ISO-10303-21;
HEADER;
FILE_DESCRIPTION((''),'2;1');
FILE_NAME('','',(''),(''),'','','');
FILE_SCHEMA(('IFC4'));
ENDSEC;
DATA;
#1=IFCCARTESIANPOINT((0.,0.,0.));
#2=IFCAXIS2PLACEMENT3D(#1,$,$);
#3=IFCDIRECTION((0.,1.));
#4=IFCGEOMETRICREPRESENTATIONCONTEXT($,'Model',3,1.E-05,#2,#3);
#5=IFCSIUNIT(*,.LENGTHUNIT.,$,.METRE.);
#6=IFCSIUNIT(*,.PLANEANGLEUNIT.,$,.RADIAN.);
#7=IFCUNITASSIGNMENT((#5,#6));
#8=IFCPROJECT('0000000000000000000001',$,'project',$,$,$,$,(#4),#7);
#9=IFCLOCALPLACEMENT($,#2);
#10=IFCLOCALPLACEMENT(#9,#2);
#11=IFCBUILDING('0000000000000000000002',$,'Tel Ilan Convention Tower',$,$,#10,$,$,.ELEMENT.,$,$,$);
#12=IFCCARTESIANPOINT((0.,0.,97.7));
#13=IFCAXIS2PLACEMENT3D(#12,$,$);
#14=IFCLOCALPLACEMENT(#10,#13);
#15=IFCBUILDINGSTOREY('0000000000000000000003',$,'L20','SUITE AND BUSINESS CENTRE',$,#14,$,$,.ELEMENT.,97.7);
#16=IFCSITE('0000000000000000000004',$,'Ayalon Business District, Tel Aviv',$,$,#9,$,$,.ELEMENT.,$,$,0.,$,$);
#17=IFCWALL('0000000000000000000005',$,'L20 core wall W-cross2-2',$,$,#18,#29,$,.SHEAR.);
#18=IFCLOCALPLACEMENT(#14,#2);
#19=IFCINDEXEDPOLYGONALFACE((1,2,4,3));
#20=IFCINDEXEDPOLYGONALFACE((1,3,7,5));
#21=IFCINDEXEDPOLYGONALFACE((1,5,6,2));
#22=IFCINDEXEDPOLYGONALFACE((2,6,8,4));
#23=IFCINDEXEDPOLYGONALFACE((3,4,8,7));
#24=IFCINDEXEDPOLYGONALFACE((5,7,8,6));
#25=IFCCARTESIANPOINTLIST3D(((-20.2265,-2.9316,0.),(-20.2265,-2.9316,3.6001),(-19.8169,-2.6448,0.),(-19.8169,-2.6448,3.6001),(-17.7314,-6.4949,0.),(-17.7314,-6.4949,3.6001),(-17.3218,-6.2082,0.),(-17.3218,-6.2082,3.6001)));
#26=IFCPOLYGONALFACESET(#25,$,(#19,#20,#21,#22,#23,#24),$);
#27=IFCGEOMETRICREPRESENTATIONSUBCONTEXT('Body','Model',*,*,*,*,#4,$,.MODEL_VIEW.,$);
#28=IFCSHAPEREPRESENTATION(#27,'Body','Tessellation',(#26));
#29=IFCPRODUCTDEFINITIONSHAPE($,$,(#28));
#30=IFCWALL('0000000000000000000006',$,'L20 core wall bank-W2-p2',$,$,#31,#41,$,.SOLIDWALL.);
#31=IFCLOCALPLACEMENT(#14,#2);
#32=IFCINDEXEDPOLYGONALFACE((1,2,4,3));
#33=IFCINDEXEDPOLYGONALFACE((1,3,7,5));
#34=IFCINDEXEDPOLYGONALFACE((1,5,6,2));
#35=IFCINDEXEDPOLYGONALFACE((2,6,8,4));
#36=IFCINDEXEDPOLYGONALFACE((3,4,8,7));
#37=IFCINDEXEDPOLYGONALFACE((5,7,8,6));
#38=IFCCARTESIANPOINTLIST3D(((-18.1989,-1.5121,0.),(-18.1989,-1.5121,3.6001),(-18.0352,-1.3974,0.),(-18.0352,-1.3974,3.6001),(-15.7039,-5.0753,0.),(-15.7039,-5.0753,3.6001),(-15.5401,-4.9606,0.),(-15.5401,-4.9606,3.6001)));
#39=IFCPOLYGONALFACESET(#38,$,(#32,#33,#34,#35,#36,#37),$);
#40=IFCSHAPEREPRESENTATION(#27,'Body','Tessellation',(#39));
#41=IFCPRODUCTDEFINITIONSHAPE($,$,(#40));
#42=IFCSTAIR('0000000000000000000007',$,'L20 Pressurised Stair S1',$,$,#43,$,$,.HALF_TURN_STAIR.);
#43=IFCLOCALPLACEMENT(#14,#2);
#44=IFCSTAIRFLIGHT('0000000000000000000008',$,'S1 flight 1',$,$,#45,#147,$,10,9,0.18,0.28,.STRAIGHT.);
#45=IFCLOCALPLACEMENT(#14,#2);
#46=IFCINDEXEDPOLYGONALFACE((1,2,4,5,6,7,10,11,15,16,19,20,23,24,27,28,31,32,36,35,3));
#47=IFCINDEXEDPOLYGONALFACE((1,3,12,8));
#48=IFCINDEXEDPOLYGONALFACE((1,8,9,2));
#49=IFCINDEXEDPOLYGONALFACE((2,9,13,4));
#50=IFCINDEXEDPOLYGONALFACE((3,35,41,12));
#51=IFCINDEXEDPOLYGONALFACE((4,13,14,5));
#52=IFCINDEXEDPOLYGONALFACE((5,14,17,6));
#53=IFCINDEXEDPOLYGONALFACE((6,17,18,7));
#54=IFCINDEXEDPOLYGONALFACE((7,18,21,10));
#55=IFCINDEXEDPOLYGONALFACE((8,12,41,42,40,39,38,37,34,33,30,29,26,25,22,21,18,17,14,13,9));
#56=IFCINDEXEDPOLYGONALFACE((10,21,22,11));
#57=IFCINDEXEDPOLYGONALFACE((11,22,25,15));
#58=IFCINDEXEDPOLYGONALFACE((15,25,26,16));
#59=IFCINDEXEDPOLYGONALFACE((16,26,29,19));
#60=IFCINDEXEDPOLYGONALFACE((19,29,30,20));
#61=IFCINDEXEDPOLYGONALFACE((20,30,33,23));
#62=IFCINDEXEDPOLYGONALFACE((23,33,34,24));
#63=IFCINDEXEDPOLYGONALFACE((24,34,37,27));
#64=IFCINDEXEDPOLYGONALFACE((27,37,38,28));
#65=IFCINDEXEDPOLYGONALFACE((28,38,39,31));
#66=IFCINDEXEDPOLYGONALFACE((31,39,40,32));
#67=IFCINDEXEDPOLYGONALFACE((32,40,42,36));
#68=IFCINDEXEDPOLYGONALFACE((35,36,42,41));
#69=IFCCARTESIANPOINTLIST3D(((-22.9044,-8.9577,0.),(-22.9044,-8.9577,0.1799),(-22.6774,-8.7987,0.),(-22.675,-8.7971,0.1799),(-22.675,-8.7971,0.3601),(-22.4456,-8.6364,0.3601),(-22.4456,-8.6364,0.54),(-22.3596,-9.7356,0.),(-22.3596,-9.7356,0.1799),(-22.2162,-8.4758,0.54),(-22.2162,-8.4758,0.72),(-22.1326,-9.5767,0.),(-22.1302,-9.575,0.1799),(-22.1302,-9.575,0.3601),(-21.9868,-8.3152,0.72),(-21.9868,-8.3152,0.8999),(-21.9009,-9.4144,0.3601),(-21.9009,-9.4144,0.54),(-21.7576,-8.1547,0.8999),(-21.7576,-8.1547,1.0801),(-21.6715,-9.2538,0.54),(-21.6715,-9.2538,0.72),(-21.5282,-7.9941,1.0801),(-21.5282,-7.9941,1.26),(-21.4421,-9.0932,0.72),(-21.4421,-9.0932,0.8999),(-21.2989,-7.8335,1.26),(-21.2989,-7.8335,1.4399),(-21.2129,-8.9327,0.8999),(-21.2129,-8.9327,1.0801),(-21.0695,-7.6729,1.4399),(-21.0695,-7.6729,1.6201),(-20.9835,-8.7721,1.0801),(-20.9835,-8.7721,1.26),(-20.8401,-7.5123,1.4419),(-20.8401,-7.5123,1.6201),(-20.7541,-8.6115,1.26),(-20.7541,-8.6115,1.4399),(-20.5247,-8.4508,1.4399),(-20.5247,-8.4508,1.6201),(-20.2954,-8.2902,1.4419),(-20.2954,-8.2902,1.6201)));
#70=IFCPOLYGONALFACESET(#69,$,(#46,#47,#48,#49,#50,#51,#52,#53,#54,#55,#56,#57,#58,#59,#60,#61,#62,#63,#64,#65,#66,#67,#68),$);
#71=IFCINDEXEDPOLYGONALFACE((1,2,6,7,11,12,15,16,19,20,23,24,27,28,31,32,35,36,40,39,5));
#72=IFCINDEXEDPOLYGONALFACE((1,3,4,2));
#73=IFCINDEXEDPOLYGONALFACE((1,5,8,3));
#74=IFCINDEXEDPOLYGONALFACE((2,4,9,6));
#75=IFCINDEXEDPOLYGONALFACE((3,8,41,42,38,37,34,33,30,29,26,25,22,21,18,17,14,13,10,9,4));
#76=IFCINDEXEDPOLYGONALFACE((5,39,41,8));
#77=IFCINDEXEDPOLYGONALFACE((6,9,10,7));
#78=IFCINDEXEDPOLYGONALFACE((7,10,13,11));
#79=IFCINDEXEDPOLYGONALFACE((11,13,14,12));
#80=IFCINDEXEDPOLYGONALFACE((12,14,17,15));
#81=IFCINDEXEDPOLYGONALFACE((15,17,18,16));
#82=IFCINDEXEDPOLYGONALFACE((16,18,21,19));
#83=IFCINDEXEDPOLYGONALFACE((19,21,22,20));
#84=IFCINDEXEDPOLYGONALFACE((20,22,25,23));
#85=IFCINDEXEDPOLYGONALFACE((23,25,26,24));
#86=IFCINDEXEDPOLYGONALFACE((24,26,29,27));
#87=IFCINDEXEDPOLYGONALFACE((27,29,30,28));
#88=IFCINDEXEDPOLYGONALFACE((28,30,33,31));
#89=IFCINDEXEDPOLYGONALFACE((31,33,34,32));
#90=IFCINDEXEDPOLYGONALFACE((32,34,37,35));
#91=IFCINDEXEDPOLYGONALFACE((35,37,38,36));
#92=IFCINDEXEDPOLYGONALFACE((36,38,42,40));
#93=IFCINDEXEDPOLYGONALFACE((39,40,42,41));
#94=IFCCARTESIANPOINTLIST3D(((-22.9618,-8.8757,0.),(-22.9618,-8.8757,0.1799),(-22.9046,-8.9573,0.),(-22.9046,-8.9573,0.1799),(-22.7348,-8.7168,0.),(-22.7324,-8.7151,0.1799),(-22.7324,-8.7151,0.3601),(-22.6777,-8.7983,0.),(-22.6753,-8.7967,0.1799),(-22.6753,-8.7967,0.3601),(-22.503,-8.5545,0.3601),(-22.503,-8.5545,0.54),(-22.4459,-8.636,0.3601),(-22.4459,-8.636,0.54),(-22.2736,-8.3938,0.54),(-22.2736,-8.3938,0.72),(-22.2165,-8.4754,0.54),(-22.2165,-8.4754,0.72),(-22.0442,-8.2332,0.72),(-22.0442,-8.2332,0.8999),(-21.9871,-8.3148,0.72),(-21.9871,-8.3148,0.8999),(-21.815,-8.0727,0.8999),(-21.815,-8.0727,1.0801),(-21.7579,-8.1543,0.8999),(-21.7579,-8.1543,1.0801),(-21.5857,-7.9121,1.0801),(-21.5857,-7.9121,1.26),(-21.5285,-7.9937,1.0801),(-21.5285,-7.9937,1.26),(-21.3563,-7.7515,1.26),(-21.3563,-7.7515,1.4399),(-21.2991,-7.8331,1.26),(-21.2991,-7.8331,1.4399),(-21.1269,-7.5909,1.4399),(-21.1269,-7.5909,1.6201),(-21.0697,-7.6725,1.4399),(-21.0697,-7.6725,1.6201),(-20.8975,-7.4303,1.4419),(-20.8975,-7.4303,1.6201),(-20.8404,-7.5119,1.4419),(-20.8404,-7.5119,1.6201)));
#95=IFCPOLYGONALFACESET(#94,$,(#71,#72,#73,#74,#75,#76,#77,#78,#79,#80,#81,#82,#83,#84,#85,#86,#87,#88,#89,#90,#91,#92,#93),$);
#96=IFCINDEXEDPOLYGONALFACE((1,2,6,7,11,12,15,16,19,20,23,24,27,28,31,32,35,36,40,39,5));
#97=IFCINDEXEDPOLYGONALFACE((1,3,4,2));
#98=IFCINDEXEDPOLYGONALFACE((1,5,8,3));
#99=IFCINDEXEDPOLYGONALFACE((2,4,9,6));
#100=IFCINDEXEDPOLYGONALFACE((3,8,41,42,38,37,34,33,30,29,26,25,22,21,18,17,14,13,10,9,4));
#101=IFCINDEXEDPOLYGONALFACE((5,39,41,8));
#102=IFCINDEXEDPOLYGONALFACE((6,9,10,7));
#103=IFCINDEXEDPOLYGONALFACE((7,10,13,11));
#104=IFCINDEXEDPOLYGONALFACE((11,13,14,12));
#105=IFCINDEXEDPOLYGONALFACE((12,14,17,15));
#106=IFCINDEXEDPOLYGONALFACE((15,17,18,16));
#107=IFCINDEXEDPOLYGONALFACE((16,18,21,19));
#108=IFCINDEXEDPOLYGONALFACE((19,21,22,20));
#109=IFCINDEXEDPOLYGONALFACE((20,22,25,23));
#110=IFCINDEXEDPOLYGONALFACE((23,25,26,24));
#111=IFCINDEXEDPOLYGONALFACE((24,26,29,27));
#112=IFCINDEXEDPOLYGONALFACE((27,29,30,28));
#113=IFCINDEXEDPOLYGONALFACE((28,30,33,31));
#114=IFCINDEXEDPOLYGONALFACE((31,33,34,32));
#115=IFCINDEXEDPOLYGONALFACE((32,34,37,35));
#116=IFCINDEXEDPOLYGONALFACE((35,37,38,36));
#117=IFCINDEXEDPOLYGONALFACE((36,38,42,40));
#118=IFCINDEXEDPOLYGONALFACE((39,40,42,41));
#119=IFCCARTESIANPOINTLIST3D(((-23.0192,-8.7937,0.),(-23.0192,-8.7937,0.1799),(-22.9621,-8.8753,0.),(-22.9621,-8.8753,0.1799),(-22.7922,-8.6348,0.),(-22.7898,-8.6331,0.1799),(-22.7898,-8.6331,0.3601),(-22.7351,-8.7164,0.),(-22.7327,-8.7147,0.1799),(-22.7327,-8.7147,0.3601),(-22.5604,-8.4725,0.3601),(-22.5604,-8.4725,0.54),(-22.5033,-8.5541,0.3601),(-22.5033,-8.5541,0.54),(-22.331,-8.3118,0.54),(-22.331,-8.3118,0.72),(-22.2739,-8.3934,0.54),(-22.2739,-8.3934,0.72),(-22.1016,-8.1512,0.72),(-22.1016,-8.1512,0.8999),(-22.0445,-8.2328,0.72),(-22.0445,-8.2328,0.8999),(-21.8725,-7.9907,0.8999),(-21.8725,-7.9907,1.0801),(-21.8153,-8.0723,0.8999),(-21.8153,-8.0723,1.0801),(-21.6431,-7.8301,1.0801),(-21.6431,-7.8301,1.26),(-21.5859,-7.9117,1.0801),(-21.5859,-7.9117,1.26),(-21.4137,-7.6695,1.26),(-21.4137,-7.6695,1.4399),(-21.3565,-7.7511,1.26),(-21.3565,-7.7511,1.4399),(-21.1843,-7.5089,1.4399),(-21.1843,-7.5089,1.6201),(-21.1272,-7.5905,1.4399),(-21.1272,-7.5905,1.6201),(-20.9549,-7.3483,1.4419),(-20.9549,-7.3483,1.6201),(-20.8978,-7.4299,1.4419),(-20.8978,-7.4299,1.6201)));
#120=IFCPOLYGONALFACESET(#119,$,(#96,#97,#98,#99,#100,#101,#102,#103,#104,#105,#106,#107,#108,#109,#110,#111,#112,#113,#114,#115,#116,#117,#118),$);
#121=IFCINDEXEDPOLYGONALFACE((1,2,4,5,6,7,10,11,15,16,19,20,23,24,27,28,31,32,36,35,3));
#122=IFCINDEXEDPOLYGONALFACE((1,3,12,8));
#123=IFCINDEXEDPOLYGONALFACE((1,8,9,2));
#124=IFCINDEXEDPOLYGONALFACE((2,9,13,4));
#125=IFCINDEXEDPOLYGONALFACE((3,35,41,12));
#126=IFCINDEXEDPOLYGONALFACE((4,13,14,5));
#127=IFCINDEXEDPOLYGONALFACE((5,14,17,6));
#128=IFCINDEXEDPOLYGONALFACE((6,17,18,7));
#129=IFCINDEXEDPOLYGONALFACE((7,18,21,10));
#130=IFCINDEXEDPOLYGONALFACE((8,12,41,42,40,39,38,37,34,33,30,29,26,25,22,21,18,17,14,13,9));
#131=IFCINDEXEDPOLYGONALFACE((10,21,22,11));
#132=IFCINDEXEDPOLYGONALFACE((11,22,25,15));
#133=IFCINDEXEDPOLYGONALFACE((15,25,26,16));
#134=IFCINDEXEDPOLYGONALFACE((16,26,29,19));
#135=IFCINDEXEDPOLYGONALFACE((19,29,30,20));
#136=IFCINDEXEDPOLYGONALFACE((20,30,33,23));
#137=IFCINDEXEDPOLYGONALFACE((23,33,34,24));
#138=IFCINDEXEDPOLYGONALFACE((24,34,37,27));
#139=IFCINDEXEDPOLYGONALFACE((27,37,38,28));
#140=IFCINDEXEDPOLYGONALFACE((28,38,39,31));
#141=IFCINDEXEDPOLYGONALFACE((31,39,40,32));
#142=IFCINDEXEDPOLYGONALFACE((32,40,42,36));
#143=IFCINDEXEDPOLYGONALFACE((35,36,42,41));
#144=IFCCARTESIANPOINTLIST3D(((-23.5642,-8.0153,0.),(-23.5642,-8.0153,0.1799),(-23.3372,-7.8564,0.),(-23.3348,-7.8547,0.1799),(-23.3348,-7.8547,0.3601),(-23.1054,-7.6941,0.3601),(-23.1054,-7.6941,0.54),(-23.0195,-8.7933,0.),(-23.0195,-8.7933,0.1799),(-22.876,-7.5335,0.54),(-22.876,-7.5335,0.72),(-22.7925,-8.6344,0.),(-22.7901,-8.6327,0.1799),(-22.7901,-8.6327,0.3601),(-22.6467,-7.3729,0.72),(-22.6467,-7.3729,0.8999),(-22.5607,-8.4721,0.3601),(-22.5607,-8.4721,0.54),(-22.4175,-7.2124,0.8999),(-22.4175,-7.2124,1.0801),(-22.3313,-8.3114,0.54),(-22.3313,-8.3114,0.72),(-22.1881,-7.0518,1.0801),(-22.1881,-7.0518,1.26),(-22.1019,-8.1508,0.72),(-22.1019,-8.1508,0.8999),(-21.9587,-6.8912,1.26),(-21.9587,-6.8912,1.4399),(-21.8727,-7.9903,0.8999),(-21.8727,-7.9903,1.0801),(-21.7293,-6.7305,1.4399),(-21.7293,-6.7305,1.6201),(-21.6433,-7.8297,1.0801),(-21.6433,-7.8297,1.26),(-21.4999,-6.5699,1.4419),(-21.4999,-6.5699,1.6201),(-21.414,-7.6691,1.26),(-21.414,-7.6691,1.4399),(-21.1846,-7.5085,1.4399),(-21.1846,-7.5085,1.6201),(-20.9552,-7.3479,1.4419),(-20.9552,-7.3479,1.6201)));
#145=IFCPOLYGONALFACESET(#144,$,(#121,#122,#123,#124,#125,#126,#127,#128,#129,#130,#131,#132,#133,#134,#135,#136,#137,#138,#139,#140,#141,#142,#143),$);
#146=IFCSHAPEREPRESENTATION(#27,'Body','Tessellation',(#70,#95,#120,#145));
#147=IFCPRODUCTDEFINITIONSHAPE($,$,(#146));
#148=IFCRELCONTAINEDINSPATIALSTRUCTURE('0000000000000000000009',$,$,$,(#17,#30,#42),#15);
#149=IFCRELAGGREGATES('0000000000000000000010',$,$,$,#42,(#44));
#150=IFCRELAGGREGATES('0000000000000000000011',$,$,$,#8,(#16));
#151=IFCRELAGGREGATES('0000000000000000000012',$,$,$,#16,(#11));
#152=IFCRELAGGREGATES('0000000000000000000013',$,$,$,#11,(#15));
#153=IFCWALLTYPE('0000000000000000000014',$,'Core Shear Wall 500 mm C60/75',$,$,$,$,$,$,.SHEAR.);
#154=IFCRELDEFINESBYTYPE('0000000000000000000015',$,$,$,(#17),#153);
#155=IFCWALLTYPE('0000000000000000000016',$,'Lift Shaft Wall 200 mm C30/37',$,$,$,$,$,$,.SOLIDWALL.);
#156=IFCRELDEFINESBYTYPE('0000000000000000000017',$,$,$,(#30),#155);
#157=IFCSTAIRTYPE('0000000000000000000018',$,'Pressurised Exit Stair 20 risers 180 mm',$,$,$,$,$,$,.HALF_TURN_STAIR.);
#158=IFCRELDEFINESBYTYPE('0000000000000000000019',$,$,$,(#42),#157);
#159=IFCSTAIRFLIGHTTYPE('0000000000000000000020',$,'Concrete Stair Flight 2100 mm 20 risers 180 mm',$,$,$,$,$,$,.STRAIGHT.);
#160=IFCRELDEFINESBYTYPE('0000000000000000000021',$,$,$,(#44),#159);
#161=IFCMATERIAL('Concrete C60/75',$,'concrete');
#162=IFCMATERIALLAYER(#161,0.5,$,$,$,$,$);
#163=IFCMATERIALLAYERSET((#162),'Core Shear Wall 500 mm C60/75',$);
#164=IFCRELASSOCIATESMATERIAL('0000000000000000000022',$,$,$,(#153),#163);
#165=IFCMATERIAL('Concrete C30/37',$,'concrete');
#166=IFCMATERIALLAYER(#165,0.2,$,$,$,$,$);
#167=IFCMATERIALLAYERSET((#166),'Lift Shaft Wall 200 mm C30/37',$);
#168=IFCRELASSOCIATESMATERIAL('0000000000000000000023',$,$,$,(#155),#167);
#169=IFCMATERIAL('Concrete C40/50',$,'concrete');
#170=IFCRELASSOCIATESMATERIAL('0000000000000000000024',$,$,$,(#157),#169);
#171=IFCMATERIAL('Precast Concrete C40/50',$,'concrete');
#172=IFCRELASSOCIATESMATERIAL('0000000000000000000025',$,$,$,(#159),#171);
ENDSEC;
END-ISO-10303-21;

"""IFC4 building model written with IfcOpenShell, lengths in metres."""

from ifc_helpers import new_model, si_unit, direction, frame, frame_2d, origin, place, context, subcontext, project, spatial, polyline, rectangle, outline, extrude, material, layer, layer_set, type_object, element, aggregate, save


model = new_model("IFC4")

# Units and contexts
model_context = context("Model", 3, precision=1e-05, world=origin(), true_north=direction((0.0, 1.0)))
body_context = subcontext(model_context, "Body", "Model", "MODEL_VIEW")
ifc_project = project(units=[si_unit("LENGTHUNIT", "METRE"), si_unit("PLANEANGLEUNIT", "RADIAN")], contexts=[model_context])

# Site, building, storey
site_placement = place(None, origin())
site = spatial("IfcSite", under=ifc_project, at=site_placement, Name="Ayalon Business District, Tel Aviv", CompositionType="ELEMENT", RefElevation=0.0)
building_placement = place(site_placement, origin())
building = spatial("IfcBuilding", under=site, at=building_placement, Name="Tel Ilan Convention Tower", CompositionType="ELEMENT")
storey_placement = place(building_placement, frame((0.0, 0.0, 97.7)))
storey = spatial("IfcBuildingStorey", under=building, at=storey_placement, Name="L20", Description="SUITE AND BUSINESS CENTRE", CompositionType="ELEMENT", Elevation=97.7)

# Walls
ifc_material_1 = material(Name="Concrete C60/75", Category="concrete")
ifc_layer_1 = layer(ifc_material_1, 0.5)
ifc_layer_set_1 = layer_set([ifc_layer_1], Name="Core Shear Wall 500 mm C60/75")
wall_type_1 = type_object("IfcWallType", Name="Core Shear Wall 500 mm C60/75", PredefinedType="SHEAR", material=ifc_layer_set_1)
wall_1_placement = place(storey_placement, frame((-17.5266, -6.3516, 0.0), z_axis=(0.0, 0.0, 1.0), x_axis=(-0.57353, 0.819184, 0.0)))
element("IfcWall", 1, at=wall_1_placement, inside=storey, type_object=wall_type_1, Name="L20 core wall W-cross2-2", PredefinedType="SHEAR", context=body_context, shape_type="SweptSolid", body=[
    extrude(outline(polyline([(4.3501, -0.2498), (4.3501, 0.2502), (0.0, 0.25), (0.0, -0.25), (4.3501, -0.2498)])), origin(), (0.0, 0.0, 1.0), 3.6001),
])
ifc_material_2 = material(Name="Concrete C30/37", Category="concrete")
ifc_layer_2 = layer(ifc_material_2, 0.2)
ifc_layer_set_2 = layer_set([ifc_layer_2], Name="Lift Shaft Wall 200 mm C30/37")
wall_type_2 = type_object("IfcWallType", Name="Lift Shaft Wall 200 mm C30/37", PredefinedType="SOLIDWALL", material=ifc_layer_set_2)
wall_2_placement = place(storey_placement, frame((-15.6221, -5.0178, 0.0), z_axis=(0.0, 0.0, 1.0), x_axis=(-0.573594, 0.81914, 0.0)))
element("IfcWall", 2, at=wall_2_placement, inside=storey, type_object=wall_type_2, Name="L20 core wall bank-W2-p2", PredefinedType="SOLIDWALL", context=body_context, shape_type="SweptSolid", body=[
    extrude(rectangle(XDim=4.3499, YDim=0.2, at=frame_2d((2.1748, 0.0))), origin(), (0.0, 0.0, 1.0), 3.6001),
])

# Stair, stair flight
ifc_material_3 = material(Name="Concrete C40/50", Category="concrete")
stair_type = type_object("IfcStairType", Name="Pressurised Exit Stair 20 risers 180 mm", PredefinedType="HALF_TURN_STAIR", material=ifc_material_3)
stair_1_placement = place(storey_placement, origin())
stair_1 = element("IfcStair", 3, at=stair_1_placement, inside=storey, type_object=stair_type, Name="L20 Pressurised Stair S1", PredefinedType="HALF_TURN_STAIR")
ifc_material_4 = material(Name="Precast Concrete C40/50", Category="concrete")
stair_flight_type = type_object("IfcStairFlightType", Name="Concrete Stair Flight 2100 mm 20 risers 180 mm", PredefinedType="STRAIGHT", material=ifc_material_4)
stair_flight_1_placement = place(storey_placement, frame((-22.9619, -8.8755, 0.0), z_axis=(0.0, 0.0, 1.0), x_axis=(0.819152, 0.573576, 0.0)))
stair_flight_1 = element("IfcStairFlight", 4, at=stair_flight_1_placement, type_object=stair_flight_type, Name="S1 flight 1", NumberOfRisers=10, NumberOfTreads=9, PredefinedType="STRAIGHT", RiserHeight=0.18, TreadLength=0.28, context=body_context, shape_type="SweptSolid", body=[
    extrude(outline(polyline([(0.0, 0.0), (0.0, 0.1799), (0.28, 0.1799), (0.28, 0.3601), (0.5601, 0.3601), (0.5601, 0.54), (0.8401, 0.54), (0.8401, 0.72), (1.1201, 0.72), (1.1201, 0.8999), (1.3999, 0.8999), (1.3999, 1.0801), (1.6799, 1.0801), (1.6799, 1.26), (1.96, 1.26), (1.96, 1.4399), (2.24, 1.4399), (2.24, 1.6201), (2.52, 1.6201), (2.52, 1.8), (2.52, 1.4419), (0.2771, 0.0), (0.0, 0.0)])), frame((0.0, -0.1003, 0.0), z_axis=(0.0, -1.0, 0.0), x_axis=(1.0, 0.0, 0.0)), (0.0, 0.0, 1.0), 0.9497),
    extrude(outline(polyline([(0.0, 0.0), (0.0, 0.1799), (0.28, 0.1799), (0.28, 0.3601), (0.5601, 0.3601), (0.5601, 0.54), (0.8401, 0.54), (0.8401, 0.72), (1.1201, 0.72), (1.1201, 0.8999), (1.3999, 0.8999), (1.3999, 1.0801), (1.6799, 1.0801), (1.6799, 1.26), (1.96, 1.26), (1.96, 1.4399), (2.24, 1.4399), (2.24, 1.6201), (2.52, 1.6201), (2.52, 1.8), (2.52, 1.4419), (0.2771, 0.0), (0.0, 0.0)])), frame((0.0, -0.0002, 0.0), z_axis=(0.0, -1.0, 0.0), x_axis=(1.0, 0.0, 0.0)), (0.0, 0.0, 1.0), 0.0996),
    extrude(outline(polyline([(0.0, 0.0), (0.0, 0.1799), (0.28, 0.1799), (0.28, 0.3601), (0.5601, 0.3601), (0.5601, 0.54), (0.8401, 0.54), (0.8401, 0.72), (1.1201, 0.72), (1.1201, 0.8999), (1.3999, 0.8999), (1.3999, 1.0801), (1.6799, 1.0801), (1.6799, 1.26), (1.96, 1.26), (1.96, 1.4399), (2.24, 1.4399), (2.24, 1.6201), (2.52, 1.6201), (2.52, 1.8), (2.52, 1.4419), (0.2771, 0.0), (0.0, 0.0)])), frame((0.0, 0.0999, 0.0), z_axis=(0.0, -1.0, 0.0), x_axis=(1.0, 0.0, 0.0)), (0.0, 0.0, 1.0), 0.0996),
    extrude(outline(polyline([(0.0, 0.0), (0.0, 0.1799), (0.28, 0.1799), (0.28, 0.3601), (0.5601, 0.3601), (0.5601, 0.54), (0.8401, 0.54), (0.8401, 0.72), (1.1201, 0.72), (1.1201, 0.8999), (1.3999, 0.8999), (1.3999, 1.0801), (1.6799, 1.0801), (1.6799, 1.26), (1.96, 1.26), (1.96, 1.4399), (2.24, 1.4399), (2.24, 1.6201), (2.52, 1.6201), (2.52, 1.8), (2.52, 1.4419), (0.2771, 0.0), (0.0, 0.0)])), frame((0.0, 1.05, 0.0), z_axis=(0.0, -1.0, 0.0), x_axis=(1.0, 0.0, 0.0)), (0.0, 0.0, 1.0), 0.9497),
])
aggregate(stair_1, [stair_flight_1])

save(model, "model.ifc")
